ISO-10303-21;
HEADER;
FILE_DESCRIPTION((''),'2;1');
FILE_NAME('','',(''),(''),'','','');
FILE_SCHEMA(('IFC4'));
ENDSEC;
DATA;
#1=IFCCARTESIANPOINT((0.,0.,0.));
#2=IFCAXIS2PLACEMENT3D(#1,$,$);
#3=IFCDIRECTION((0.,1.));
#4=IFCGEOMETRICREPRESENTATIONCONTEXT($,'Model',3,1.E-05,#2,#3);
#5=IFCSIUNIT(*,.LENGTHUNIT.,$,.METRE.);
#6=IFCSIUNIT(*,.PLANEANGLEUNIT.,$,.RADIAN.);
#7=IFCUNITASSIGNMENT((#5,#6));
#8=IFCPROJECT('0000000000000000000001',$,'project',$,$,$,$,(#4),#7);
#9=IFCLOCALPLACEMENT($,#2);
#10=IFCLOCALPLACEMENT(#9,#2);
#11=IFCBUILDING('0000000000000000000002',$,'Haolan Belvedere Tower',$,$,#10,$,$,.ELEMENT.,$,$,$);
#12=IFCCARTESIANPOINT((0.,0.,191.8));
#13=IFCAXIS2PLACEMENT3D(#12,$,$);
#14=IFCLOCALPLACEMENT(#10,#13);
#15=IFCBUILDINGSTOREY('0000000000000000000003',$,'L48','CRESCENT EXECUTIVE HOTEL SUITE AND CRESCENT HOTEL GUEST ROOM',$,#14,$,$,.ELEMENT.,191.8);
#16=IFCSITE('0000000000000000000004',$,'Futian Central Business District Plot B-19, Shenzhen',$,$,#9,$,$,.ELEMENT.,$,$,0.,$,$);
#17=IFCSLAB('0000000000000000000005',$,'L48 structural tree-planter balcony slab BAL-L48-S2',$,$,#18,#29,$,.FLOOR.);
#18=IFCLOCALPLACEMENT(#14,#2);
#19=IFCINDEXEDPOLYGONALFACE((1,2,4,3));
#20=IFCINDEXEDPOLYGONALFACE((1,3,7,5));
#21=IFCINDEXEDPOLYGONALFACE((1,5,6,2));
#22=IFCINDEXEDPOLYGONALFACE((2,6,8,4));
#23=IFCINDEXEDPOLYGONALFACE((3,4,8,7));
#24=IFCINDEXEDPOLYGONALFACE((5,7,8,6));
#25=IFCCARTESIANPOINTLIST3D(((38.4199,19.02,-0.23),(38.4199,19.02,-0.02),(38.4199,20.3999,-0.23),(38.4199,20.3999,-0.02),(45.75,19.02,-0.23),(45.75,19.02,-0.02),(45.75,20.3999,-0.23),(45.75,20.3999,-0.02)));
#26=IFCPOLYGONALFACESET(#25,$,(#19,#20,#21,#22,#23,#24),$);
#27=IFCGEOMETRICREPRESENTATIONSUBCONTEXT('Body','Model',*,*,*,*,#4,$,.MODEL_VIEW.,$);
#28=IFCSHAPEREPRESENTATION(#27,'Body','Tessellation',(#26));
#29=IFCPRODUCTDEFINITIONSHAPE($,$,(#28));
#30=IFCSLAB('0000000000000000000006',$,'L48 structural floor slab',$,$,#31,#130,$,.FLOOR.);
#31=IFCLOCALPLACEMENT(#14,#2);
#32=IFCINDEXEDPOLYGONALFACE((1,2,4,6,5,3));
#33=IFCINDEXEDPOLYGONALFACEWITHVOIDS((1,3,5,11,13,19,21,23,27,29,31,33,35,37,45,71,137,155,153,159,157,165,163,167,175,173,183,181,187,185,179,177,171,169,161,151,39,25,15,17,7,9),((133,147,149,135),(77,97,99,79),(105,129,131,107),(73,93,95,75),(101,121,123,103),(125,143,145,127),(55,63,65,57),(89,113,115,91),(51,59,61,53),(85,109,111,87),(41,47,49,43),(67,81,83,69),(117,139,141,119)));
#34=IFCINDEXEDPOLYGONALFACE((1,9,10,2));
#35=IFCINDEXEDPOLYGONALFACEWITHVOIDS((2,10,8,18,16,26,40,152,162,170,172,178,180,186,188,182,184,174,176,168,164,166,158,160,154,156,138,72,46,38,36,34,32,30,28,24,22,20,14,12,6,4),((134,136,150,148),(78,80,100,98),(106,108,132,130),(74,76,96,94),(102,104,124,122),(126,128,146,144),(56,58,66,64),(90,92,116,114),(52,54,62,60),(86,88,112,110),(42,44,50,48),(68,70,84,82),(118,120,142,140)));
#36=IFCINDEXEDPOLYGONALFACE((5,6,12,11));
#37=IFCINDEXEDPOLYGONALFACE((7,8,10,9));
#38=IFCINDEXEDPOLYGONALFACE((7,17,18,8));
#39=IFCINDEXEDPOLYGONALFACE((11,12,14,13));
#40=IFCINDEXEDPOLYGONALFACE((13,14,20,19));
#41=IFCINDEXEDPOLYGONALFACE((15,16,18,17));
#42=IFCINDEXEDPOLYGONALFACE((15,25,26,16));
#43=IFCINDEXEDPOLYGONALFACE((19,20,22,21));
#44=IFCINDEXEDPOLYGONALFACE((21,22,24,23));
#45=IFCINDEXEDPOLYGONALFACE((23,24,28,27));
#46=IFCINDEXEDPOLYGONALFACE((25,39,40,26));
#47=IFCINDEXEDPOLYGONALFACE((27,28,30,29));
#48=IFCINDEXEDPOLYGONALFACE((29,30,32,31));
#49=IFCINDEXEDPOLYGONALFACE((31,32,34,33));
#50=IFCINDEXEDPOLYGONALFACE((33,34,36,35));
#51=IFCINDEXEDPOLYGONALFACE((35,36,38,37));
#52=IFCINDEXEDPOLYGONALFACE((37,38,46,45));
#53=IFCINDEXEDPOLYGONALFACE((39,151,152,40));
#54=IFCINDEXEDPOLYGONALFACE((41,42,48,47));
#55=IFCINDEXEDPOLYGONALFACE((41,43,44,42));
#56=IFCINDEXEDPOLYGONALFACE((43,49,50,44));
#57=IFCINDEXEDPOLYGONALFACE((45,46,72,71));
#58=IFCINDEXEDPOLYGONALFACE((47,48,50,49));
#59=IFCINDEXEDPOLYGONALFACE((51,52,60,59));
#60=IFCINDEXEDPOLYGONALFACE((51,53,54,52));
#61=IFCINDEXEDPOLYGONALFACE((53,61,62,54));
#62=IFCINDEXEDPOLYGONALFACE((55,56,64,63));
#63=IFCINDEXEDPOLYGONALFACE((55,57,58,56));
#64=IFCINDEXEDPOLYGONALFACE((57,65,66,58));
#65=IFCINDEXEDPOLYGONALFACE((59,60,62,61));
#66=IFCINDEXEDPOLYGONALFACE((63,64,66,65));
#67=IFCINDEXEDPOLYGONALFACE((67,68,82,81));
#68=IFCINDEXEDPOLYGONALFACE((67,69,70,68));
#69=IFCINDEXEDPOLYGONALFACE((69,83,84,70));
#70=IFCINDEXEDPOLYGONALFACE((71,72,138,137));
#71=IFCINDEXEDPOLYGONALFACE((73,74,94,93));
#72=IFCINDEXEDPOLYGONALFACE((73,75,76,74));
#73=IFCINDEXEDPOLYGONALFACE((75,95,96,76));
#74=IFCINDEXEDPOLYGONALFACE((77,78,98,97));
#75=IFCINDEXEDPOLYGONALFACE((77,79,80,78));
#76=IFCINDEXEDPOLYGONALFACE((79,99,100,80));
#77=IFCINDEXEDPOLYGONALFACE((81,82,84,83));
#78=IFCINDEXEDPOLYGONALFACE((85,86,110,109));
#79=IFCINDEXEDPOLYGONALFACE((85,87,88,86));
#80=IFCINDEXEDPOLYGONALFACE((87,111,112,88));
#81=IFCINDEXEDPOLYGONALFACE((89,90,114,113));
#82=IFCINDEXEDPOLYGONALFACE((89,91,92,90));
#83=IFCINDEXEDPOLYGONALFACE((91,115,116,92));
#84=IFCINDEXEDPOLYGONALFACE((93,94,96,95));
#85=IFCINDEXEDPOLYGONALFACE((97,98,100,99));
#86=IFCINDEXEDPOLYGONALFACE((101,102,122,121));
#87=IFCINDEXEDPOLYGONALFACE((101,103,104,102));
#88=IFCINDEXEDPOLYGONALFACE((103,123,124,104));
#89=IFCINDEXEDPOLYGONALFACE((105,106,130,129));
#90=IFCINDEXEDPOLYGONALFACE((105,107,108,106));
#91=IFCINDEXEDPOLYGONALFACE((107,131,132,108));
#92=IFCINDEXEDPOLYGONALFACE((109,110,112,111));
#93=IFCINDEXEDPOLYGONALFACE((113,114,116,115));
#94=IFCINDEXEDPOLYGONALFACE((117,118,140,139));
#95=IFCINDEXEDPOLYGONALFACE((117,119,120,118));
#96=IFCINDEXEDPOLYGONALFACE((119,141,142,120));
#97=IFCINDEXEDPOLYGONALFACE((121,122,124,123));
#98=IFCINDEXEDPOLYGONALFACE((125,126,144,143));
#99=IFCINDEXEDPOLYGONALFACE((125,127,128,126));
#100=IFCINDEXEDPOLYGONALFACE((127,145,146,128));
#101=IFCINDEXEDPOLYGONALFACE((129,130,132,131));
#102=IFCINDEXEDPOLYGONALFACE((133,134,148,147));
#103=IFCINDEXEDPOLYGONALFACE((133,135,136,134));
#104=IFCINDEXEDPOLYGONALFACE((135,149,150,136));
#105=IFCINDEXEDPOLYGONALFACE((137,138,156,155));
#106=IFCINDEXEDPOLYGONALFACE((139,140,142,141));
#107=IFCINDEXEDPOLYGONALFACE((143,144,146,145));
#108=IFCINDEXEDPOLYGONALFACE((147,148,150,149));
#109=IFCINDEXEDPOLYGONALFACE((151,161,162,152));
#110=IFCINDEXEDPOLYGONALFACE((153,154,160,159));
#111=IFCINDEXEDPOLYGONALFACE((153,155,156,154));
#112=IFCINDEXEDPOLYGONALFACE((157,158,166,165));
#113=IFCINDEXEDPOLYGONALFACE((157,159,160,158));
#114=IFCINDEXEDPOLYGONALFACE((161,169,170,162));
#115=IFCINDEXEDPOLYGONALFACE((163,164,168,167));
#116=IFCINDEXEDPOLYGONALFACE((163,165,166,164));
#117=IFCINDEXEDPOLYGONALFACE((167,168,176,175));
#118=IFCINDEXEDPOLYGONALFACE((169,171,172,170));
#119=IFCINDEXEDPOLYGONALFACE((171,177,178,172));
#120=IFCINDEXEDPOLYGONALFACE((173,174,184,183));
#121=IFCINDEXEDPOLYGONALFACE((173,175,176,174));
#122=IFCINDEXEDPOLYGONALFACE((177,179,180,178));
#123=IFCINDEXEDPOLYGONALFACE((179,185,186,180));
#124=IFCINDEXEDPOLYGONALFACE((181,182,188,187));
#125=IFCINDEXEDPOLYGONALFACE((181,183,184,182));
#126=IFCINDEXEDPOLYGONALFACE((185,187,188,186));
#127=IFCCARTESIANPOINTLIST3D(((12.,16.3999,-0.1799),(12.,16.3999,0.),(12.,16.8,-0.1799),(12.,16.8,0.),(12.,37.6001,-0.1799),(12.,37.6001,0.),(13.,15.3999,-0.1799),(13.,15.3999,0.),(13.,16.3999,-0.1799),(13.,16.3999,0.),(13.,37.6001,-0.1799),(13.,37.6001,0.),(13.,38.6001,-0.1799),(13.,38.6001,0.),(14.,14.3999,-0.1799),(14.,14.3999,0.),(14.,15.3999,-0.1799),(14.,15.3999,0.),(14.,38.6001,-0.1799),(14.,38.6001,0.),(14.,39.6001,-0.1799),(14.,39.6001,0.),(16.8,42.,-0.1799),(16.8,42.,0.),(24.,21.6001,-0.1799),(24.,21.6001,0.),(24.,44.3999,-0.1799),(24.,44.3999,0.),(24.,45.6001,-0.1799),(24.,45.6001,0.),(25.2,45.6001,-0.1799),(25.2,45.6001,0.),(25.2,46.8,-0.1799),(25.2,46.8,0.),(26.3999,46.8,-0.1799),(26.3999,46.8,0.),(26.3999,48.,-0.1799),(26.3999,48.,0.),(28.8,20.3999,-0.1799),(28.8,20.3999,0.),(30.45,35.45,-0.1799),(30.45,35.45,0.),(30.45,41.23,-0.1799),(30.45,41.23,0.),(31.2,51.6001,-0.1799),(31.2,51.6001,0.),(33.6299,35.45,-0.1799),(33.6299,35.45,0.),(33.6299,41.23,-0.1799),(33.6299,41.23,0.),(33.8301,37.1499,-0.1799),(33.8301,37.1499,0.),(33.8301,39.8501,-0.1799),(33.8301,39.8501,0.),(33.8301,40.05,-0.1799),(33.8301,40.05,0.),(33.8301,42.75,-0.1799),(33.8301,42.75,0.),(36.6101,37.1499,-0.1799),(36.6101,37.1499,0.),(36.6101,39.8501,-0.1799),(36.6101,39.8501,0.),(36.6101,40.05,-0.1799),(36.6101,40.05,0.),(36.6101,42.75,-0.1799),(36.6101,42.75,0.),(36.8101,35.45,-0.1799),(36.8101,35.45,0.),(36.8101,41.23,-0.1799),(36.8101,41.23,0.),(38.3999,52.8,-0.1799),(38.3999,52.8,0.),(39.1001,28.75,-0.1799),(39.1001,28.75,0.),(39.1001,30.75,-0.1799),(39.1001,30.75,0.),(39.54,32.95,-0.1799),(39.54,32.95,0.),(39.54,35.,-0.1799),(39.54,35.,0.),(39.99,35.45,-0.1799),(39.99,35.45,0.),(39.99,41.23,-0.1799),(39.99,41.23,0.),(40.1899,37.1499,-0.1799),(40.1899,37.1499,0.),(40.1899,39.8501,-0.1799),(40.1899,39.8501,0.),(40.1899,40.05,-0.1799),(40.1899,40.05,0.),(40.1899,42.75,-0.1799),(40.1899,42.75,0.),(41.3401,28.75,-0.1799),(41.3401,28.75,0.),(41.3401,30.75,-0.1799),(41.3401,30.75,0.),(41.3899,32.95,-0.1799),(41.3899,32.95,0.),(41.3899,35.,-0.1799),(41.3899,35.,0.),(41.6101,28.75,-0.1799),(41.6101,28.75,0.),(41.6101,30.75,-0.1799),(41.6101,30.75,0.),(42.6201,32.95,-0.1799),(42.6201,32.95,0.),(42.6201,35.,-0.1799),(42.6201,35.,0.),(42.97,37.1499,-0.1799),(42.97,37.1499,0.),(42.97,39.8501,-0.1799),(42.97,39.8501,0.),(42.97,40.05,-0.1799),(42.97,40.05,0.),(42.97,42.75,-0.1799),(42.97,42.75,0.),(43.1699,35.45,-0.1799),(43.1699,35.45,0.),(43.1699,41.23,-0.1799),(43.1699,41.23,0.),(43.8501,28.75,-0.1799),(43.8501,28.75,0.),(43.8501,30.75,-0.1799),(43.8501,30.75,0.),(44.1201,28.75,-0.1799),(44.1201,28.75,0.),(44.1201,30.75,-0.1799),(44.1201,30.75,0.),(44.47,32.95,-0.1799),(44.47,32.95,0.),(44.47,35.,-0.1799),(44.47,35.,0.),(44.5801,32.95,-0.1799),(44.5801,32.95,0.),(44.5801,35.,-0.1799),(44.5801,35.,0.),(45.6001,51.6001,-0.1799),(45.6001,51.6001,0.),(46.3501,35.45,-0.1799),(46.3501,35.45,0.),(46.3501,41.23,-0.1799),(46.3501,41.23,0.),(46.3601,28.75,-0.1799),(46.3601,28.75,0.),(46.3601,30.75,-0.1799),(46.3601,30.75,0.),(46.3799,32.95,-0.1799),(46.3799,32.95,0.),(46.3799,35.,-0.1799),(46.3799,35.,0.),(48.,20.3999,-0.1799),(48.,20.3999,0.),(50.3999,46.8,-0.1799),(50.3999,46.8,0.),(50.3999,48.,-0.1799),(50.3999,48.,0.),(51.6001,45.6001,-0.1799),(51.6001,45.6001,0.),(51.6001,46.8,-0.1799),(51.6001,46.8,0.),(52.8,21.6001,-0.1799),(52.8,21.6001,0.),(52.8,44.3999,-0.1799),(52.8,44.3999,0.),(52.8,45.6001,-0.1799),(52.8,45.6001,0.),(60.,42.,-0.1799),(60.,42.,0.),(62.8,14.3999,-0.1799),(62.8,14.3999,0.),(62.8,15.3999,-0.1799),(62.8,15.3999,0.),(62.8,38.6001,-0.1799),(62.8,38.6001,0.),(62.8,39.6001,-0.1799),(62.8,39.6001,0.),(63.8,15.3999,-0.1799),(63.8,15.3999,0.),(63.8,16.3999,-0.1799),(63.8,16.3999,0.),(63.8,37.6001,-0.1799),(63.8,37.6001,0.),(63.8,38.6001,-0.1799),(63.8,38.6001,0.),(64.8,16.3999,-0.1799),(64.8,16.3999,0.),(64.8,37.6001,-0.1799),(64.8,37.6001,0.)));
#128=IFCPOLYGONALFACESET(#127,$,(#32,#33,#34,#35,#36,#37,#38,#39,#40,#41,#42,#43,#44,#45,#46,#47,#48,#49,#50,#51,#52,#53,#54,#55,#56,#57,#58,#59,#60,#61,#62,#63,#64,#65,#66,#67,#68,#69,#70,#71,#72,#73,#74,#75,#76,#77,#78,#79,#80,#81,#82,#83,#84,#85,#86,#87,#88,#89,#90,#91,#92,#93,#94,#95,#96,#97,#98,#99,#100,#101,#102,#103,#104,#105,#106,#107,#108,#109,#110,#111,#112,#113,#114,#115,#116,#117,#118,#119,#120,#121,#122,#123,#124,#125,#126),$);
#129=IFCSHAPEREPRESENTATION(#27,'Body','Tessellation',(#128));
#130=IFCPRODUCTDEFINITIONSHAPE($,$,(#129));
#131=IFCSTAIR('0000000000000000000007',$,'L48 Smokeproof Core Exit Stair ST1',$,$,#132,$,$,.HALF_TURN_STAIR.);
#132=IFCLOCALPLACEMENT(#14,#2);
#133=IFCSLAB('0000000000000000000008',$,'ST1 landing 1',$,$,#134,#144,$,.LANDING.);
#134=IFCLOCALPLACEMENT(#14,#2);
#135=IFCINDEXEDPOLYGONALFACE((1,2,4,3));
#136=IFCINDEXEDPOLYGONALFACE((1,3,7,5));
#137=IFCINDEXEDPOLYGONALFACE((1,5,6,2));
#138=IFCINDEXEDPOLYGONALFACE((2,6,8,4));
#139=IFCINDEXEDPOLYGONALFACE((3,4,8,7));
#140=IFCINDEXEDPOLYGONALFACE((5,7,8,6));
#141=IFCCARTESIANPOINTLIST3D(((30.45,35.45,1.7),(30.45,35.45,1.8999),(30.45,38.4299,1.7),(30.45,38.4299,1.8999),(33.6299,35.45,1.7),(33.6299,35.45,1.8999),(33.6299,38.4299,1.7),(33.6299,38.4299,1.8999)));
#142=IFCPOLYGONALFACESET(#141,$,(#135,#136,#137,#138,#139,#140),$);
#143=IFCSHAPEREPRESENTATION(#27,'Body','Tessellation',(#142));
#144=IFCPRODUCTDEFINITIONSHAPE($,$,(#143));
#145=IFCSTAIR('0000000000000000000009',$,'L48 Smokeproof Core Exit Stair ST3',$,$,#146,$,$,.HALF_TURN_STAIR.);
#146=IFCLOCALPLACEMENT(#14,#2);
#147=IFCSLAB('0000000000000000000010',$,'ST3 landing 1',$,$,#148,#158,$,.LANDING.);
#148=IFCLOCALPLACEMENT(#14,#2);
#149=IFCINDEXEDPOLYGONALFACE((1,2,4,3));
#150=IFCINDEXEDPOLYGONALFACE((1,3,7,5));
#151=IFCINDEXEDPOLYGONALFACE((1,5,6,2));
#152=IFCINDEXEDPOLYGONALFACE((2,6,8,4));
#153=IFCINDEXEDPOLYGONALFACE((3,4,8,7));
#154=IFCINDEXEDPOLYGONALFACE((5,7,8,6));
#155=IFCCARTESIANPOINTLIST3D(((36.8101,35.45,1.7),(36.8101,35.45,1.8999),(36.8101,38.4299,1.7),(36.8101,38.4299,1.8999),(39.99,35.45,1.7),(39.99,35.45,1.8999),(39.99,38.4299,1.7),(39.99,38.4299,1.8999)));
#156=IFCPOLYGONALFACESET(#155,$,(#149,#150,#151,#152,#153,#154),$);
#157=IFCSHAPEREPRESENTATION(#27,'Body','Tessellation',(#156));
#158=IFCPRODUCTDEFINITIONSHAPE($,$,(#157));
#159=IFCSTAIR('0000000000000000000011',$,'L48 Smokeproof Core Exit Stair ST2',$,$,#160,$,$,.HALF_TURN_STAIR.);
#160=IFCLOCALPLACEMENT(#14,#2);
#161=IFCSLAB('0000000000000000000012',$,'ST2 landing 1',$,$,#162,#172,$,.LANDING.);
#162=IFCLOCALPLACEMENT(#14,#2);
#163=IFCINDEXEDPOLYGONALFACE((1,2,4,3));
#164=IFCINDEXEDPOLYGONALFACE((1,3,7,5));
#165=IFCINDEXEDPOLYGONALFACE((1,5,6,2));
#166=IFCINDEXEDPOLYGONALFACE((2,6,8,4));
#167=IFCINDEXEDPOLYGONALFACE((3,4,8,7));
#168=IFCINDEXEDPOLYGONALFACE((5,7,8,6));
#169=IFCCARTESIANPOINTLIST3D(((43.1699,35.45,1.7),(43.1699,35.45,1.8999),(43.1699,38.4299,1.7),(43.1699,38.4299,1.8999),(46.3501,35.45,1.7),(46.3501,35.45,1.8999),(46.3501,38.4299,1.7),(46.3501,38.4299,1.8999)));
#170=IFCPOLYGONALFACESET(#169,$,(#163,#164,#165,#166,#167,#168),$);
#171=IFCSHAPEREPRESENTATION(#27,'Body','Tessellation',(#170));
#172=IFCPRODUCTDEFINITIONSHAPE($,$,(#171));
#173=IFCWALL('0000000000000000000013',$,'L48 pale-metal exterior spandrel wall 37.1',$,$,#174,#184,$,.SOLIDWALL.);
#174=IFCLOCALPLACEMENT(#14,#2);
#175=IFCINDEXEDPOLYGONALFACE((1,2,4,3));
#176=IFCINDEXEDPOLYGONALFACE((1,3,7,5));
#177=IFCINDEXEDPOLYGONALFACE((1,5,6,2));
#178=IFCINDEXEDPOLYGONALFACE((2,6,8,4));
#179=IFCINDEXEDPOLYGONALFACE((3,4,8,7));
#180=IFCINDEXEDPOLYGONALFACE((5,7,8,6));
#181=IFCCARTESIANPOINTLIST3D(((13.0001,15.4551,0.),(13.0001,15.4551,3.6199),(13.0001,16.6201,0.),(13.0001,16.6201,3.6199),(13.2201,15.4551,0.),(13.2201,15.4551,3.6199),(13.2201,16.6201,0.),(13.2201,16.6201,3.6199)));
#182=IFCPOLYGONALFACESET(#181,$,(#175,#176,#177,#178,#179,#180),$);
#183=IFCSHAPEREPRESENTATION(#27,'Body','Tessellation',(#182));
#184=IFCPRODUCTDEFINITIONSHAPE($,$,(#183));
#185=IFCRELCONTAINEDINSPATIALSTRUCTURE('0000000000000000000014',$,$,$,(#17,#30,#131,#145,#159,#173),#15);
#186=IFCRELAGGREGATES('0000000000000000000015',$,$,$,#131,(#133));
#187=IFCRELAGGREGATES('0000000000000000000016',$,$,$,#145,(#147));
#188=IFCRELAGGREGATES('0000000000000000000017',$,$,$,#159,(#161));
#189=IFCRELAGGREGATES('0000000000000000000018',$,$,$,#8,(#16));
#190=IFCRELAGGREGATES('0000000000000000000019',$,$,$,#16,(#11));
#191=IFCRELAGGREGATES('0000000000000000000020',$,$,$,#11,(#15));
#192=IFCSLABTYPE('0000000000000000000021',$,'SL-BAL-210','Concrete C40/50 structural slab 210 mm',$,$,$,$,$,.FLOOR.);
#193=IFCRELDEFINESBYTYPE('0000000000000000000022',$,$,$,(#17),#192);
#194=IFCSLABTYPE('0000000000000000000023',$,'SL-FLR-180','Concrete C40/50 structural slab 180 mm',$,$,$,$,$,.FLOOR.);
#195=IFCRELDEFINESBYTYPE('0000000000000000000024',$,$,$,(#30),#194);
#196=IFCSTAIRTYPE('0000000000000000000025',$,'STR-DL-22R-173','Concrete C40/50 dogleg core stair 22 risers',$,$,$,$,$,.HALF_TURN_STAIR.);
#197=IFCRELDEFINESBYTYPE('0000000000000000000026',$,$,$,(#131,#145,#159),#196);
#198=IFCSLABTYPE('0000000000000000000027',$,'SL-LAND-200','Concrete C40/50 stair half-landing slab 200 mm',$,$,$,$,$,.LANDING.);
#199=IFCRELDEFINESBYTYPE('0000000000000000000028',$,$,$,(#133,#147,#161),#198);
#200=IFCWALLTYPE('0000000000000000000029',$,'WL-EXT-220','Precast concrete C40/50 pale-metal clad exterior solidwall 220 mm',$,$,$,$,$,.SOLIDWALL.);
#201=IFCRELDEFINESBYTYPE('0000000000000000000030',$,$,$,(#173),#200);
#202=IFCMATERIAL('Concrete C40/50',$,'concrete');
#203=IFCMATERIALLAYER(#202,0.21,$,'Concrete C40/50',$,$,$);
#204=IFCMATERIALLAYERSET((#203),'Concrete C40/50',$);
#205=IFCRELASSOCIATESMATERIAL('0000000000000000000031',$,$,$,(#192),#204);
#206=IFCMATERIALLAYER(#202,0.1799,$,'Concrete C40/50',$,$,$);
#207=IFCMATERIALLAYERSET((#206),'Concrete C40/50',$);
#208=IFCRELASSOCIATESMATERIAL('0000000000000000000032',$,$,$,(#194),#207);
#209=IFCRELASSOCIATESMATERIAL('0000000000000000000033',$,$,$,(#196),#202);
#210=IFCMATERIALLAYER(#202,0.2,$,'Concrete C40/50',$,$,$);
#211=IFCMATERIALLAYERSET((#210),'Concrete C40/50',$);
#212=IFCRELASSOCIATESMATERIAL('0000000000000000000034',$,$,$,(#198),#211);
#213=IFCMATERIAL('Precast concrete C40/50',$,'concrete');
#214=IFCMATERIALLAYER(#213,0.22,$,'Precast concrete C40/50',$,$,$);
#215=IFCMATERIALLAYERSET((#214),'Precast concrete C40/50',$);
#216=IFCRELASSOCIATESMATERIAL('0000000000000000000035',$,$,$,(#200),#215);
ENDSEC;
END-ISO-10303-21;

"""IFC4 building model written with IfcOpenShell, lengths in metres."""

from ifc_helpers import new_model, si_unit, direction, frame, frame_2d, origin, place, context, subcontext, project, spatial, polyline, rectangle, outline, extrude, material, layer, layer_set, type_object, element, aggregate, save


model = new_model("IFC4")

# Units and contexts
model_context = context("Model", 3, precision=1e-05, world=origin(), true_north=direction((0.0, 1.0)))
body_context = subcontext(model_context, "Body", "Model", "MODEL_VIEW")
ifc_project = project(units=[si_unit("LENGTHUNIT", "METRE"), si_unit("PLANEANGLEUNIT", "RADIAN")], contexts=[model_context])

# Site, building, storey
site_placement = place(None, origin())
site = spatial("IfcSite", under=ifc_project, at=site_placement, Name="Futian Central Business District Plot B-19, Shenzhen", CompositionType="ELEMENT", RefElevation=0.0)
building_placement = place(site_placement, origin())
building = spatial("IfcBuilding", under=site, at=building_placement, Name="Haolan Belvedere Tower", CompositionType="ELEMENT")
storey_placement = place(building_placement, frame((0.0, 0.0, 191.8)))
storey = spatial("IfcBuildingStorey", under=building, at=storey_placement, Name="L48", Description="CRESCENT EXECUTIVE HOTEL SUITE AND CRESCENT HOTEL GUEST ROOM", CompositionType="ELEMENT", Elevation=191.8)

# Slabs
ifc_material_1 = material(Name="Concrete C40/50", Category="concrete")
ifc_layer_1 = layer(ifc_material_1, 0.21, Name="Concrete C40/50")
ifc_layer_set_1 = layer_set([ifc_layer_1], Name="Concrete C40/50")
slab_type_1 = type_object("IfcSlabType", Name="SL-BAL-210", Description="Concrete C40/50 structural slab 210 mm", PredefinedType="FLOOR", material=ifc_layer_set_1)
slab_1_placement = place(storey_placement, frame((0.0, 0.0, -0.23)))
element("IfcSlab", 1, at=slab_1_placement, inside=storey, type_object=slab_type_1, Name="L48 structural tree-planter balcony slab BAL-L48-S2", PredefinedType="FLOOR", context=body_context, shape_type="SweptSolid", body=[
    extrude(outline(polyline([(38.4199, 19.02), (45.75, 19.02), (45.75, 20.3999), (38.4199, 20.3999), (38.4199, 19.02)])), origin(), (0.0, 0.0, 1.0), 0.21),
])
ifc_layer_2 = layer(ifc_material_1, 0.1799, Name="Concrete C40/50")
ifc_layer_set_2 = layer_set([ifc_layer_2], Name="Concrete C40/50")
slab_type_2 = type_object("IfcSlabType", Name="SL-FLR-180", Description="Concrete C40/50 structural slab 180 mm", PredefinedType="FLOOR", material=ifc_layer_set_2)
slab_2_placement = place(storey_placement, frame((0.0, 0.0, -0.1799)))
element("IfcSlab", 2, at=slab_2_placement, inside=storey, type_object=slab_type_2, Name="L48 structural floor slab", PredefinedType="FLOOR", context=body_context, shape_type="SweptSolid", body=[
    extrude(outline(polyline([(24.0, 21.6001), (28.8, 20.3999), (48.0, 20.3999), (52.8, 21.6001), (62.8, 14.3999), (62.8, 15.3999), (63.8, 15.3999), (63.8, 16.3999), (64.8, 16.3999), (64.8, 37.6001), (63.8, 37.6001), (63.8, 38.6001), (62.8, 38.6001), (62.8, 39.6001), (60.0, 42.0), (52.8, 44.3999), (52.8, 45.6001), (51.6001, 45.6001), (51.6001, 46.8), (50.3999, 46.8), (50.3999, 48.0), (45.6001, 51.6001), (38.3999, 52.8), (31.2, 51.6001), (26.3999, 48.0), (26.3999, 46.8), (25.2, 46.8), (25.2, 45.6001), (24.0, 45.6001), (24.0, 44.3999), (16.8, 42.0), (14.0, 39.6001), (14.0, 38.6001), (13.0, 38.6001), (13.0, 37.6001), (12.0, 37.6001), (12.0, 16.8), (12.0, 16.3999), (13.0, 16.3999), (13.0, 15.3999), (14.0, 15.3999), (14.0, 14.3999), (24.0, 21.6001)]), holes=[polyline([(30.45, 41.23), (30.45, 35.45), (33.6299, 35.45), (33.6299, 41.23), (30.45, 41.23)]), polyline([(36.8101, 41.23), (36.8101, 35.45), (39.99, 35.45), (39.99, 41.23), (36.8101, 41.23)]), polyline([(43.1699, 41.23), (43.1699, 35.45), (46.3501, 35.45), (46.3501, 41.23), (43.1699, 41.23)]), polyline([(33.8301, 40.05), (36.6101, 40.05), (36.6101, 42.75), (33.8301, 42.75), (33.8301, 40.05)]), polyline([(33.8301, 37.1499), (36.6101, 37.1499), (36.6101, 39.8501), (33.8301, 39.8501), (33.8301, 37.1499)]), polyline([(40.1899, 40.05), (42.97, 40.05), (42.97, 42.75), (40.1899, 42.75), (40.1899, 40.05)]), polyline([(40.1899, 37.1499), (42.97, 37.1499), (42.97, 39.8501), (40.1899, 39.8501), (40.1899, 37.1499)]), polyline([(39.54, 32.95), (41.3899, 32.95), (41.3899, 35.0), (39.54, 35.0), (39.54, 32.95)]), polyline([(42.6201, 32.95), (44.47, 32.95), (44.47, 35.0), (42.6201, 35.0), (42.6201, 32.95)]), polyline([(44.5801, 32.95), (46.3799, 32.95), (46.3799, 35.0), (44.5801, 35.0), (44.5801, 32.95)]), polyline([(39.1001, 28.75), (41.3401, 28.75), (41.3401, 30.75), (39.1001, 30.75), (39.1001, 28.75)]), polyline([(41.6101, 28.75), (43.8501, 28.75), (43.8501, 30.75), (41.6101, 30.75), (41.6101, 28.75)]), polyline([(44.1201, 28.75), (46.3601, 28.75), (46.3601, 30.75), (44.1201, 30.75), (44.1201, 28.75)])]), origin(), (0.0, 0.0, 1.0), 0.1799),
])

# Stairs, slabs
stair_type = type_object("IfcStairType", Name="STR-DL-22R-173", Description="Concrete C40/50 dogleg core stair 22 risers", PredefinedType="HALF_TURN_STAIR", material=ifc_material_1)
stair_1_placement = place(storey_placement, origin())
stair_1 = element("IfcStair", 3, at=stair_1_placement, inside=storey, type_object=stair_type, Name="L48 Smokeproof Core Exit Stair ST1", PredefinedType="HALF_TURN_STAIR")
ifc_layer_3 = layer(ifc_material_1, 0.2, Name="Concrete C40/50")
ifc_layer_set_3 = layer_set([ifc_layer_3], Name="Concrete C40/50")
slab_type_3 = type_object("IfcSlabType", Name="SL-LAND-200", Description="Concrete C40/50 stair half-landing slab 200 mm", PredefinedType="LANDING", material=ifc_layer_set_3)
slab_3_placement = place(storey_placement, frame((0.0, 0.0, 1.7)))
slab_3 = element("IfcSlab", 4, at=slab_3_placement, type_object=slab_type_3, Name="ST1 landing 1", PredefinedType="LANDING", context=body_context, shape_type="SweptSolid", body=[
    extrude(outline(polyline([(30.45, 38.4299), (30.45, 35.45), (33.6299, 35.45), (33.6299, 38.4299), (30.45, 38.4299)])), origin(), (0.0, 0.0, 1.0), 0.2),
])
aggregate(stair_1, [slab_3])
stair_2_placement = place(storey_placement, origin())
stair_2 = element("IfcStair", 5, at=stair_2_placement, inside=storey, type_object=stair_type, Name="L48 Smokeproof Core Exit Stair ST3", PredefinedType="HALF_TURN_STAIR")
slab_4_placement = place(storey_placement, frame((0.0, 0.0, 1.7)))
slab_4 = element("IfcSlab", 6, at=slab_4_placement, type_object=slab_type_3, Name="ST3 landing 1", PredefinedType="LANDING", context=body_context, shape_type="SweptSolid", body=[
    extrude(outline(polyline([(36.8101, 38.4299), (36.8101, 35.45), (39.99, 35.45), (39.99, 38.4299), (36.8101, 38.4299)])), origin(), (0.0, 0.0, 1.0), 0.2),
])
aggregate(stair_2, [slab_4])
stair_3_placement = place(storey_placement, origin())
stair_3 = element("IfcStair", 7, at=stair_3_placement, inside=storey, type_object=stair_type, Name="L48 Smokeproof Core Exit Stair ST2", PredefinedType="HALF_TURN_STAIR")
slab_5_placement = place(storey_placement, frame((0.0, 0.0, 1.7)))
slab_5 = element("IfcSlab", 8, at=slab_5_placement, type_object=slab_type_3, Name="ST2 landing 1", PredefinedType="LANDING", context=body_context, shape_type="SweptSolid", body=[
    extrude(outline(polyline([(43.1699, 38.4299), (43.1699, 35.45), (46.3501, 35.45), (46.3501, 38.4299), (43.1699, 38.4299)])), origin(), (0.0, 0.0, 1.0), 0.2),
])
aggregate(stair_3, [slab_5])

# Wall
ifc_material_2 = material(Name="Precast concrete C40/50", Category="concrete")
ifc_layer_4 = layer(ifc_material_2, 0.22, Name="Precast concrete C40/50")
ifc_layer_set_4 = layer_set([ifc_layer_4], Name="Precast concrete C40/50")
wall_type_1 = type_object("IfcWallType", Name="WL-EXT-220", Description="Precast concrete C40/50 pale-metal clad exterior solidwall 220 mm", PredefinedType="SOLIDWALL", material=ifc_layer_set_4)
wall_1_placement = place(storey_placement, frame((13.1101, 16.6201, 0.0), z_axis=(0.0, 0.0, 1.0), x_axis=(0.0, -1.0, 0.0)))
element("IfcWall", 9, at=wall_1_placement, inside=storey, type_object=wall_type_1, Name="L48 pale-metal exterior spandrel wall 37.1", PredefinedType="SOLIDWALL", context=body_context, shape_type="SweptSolid", body=[
    extrude(rectangle(XDim=1.165, YDim=0.22, at=frame_2d((0.5825, 0.0))), origin(), (0.0, 0.0, 1.0), 3.6199),
])

save(model, "model.ifc")
